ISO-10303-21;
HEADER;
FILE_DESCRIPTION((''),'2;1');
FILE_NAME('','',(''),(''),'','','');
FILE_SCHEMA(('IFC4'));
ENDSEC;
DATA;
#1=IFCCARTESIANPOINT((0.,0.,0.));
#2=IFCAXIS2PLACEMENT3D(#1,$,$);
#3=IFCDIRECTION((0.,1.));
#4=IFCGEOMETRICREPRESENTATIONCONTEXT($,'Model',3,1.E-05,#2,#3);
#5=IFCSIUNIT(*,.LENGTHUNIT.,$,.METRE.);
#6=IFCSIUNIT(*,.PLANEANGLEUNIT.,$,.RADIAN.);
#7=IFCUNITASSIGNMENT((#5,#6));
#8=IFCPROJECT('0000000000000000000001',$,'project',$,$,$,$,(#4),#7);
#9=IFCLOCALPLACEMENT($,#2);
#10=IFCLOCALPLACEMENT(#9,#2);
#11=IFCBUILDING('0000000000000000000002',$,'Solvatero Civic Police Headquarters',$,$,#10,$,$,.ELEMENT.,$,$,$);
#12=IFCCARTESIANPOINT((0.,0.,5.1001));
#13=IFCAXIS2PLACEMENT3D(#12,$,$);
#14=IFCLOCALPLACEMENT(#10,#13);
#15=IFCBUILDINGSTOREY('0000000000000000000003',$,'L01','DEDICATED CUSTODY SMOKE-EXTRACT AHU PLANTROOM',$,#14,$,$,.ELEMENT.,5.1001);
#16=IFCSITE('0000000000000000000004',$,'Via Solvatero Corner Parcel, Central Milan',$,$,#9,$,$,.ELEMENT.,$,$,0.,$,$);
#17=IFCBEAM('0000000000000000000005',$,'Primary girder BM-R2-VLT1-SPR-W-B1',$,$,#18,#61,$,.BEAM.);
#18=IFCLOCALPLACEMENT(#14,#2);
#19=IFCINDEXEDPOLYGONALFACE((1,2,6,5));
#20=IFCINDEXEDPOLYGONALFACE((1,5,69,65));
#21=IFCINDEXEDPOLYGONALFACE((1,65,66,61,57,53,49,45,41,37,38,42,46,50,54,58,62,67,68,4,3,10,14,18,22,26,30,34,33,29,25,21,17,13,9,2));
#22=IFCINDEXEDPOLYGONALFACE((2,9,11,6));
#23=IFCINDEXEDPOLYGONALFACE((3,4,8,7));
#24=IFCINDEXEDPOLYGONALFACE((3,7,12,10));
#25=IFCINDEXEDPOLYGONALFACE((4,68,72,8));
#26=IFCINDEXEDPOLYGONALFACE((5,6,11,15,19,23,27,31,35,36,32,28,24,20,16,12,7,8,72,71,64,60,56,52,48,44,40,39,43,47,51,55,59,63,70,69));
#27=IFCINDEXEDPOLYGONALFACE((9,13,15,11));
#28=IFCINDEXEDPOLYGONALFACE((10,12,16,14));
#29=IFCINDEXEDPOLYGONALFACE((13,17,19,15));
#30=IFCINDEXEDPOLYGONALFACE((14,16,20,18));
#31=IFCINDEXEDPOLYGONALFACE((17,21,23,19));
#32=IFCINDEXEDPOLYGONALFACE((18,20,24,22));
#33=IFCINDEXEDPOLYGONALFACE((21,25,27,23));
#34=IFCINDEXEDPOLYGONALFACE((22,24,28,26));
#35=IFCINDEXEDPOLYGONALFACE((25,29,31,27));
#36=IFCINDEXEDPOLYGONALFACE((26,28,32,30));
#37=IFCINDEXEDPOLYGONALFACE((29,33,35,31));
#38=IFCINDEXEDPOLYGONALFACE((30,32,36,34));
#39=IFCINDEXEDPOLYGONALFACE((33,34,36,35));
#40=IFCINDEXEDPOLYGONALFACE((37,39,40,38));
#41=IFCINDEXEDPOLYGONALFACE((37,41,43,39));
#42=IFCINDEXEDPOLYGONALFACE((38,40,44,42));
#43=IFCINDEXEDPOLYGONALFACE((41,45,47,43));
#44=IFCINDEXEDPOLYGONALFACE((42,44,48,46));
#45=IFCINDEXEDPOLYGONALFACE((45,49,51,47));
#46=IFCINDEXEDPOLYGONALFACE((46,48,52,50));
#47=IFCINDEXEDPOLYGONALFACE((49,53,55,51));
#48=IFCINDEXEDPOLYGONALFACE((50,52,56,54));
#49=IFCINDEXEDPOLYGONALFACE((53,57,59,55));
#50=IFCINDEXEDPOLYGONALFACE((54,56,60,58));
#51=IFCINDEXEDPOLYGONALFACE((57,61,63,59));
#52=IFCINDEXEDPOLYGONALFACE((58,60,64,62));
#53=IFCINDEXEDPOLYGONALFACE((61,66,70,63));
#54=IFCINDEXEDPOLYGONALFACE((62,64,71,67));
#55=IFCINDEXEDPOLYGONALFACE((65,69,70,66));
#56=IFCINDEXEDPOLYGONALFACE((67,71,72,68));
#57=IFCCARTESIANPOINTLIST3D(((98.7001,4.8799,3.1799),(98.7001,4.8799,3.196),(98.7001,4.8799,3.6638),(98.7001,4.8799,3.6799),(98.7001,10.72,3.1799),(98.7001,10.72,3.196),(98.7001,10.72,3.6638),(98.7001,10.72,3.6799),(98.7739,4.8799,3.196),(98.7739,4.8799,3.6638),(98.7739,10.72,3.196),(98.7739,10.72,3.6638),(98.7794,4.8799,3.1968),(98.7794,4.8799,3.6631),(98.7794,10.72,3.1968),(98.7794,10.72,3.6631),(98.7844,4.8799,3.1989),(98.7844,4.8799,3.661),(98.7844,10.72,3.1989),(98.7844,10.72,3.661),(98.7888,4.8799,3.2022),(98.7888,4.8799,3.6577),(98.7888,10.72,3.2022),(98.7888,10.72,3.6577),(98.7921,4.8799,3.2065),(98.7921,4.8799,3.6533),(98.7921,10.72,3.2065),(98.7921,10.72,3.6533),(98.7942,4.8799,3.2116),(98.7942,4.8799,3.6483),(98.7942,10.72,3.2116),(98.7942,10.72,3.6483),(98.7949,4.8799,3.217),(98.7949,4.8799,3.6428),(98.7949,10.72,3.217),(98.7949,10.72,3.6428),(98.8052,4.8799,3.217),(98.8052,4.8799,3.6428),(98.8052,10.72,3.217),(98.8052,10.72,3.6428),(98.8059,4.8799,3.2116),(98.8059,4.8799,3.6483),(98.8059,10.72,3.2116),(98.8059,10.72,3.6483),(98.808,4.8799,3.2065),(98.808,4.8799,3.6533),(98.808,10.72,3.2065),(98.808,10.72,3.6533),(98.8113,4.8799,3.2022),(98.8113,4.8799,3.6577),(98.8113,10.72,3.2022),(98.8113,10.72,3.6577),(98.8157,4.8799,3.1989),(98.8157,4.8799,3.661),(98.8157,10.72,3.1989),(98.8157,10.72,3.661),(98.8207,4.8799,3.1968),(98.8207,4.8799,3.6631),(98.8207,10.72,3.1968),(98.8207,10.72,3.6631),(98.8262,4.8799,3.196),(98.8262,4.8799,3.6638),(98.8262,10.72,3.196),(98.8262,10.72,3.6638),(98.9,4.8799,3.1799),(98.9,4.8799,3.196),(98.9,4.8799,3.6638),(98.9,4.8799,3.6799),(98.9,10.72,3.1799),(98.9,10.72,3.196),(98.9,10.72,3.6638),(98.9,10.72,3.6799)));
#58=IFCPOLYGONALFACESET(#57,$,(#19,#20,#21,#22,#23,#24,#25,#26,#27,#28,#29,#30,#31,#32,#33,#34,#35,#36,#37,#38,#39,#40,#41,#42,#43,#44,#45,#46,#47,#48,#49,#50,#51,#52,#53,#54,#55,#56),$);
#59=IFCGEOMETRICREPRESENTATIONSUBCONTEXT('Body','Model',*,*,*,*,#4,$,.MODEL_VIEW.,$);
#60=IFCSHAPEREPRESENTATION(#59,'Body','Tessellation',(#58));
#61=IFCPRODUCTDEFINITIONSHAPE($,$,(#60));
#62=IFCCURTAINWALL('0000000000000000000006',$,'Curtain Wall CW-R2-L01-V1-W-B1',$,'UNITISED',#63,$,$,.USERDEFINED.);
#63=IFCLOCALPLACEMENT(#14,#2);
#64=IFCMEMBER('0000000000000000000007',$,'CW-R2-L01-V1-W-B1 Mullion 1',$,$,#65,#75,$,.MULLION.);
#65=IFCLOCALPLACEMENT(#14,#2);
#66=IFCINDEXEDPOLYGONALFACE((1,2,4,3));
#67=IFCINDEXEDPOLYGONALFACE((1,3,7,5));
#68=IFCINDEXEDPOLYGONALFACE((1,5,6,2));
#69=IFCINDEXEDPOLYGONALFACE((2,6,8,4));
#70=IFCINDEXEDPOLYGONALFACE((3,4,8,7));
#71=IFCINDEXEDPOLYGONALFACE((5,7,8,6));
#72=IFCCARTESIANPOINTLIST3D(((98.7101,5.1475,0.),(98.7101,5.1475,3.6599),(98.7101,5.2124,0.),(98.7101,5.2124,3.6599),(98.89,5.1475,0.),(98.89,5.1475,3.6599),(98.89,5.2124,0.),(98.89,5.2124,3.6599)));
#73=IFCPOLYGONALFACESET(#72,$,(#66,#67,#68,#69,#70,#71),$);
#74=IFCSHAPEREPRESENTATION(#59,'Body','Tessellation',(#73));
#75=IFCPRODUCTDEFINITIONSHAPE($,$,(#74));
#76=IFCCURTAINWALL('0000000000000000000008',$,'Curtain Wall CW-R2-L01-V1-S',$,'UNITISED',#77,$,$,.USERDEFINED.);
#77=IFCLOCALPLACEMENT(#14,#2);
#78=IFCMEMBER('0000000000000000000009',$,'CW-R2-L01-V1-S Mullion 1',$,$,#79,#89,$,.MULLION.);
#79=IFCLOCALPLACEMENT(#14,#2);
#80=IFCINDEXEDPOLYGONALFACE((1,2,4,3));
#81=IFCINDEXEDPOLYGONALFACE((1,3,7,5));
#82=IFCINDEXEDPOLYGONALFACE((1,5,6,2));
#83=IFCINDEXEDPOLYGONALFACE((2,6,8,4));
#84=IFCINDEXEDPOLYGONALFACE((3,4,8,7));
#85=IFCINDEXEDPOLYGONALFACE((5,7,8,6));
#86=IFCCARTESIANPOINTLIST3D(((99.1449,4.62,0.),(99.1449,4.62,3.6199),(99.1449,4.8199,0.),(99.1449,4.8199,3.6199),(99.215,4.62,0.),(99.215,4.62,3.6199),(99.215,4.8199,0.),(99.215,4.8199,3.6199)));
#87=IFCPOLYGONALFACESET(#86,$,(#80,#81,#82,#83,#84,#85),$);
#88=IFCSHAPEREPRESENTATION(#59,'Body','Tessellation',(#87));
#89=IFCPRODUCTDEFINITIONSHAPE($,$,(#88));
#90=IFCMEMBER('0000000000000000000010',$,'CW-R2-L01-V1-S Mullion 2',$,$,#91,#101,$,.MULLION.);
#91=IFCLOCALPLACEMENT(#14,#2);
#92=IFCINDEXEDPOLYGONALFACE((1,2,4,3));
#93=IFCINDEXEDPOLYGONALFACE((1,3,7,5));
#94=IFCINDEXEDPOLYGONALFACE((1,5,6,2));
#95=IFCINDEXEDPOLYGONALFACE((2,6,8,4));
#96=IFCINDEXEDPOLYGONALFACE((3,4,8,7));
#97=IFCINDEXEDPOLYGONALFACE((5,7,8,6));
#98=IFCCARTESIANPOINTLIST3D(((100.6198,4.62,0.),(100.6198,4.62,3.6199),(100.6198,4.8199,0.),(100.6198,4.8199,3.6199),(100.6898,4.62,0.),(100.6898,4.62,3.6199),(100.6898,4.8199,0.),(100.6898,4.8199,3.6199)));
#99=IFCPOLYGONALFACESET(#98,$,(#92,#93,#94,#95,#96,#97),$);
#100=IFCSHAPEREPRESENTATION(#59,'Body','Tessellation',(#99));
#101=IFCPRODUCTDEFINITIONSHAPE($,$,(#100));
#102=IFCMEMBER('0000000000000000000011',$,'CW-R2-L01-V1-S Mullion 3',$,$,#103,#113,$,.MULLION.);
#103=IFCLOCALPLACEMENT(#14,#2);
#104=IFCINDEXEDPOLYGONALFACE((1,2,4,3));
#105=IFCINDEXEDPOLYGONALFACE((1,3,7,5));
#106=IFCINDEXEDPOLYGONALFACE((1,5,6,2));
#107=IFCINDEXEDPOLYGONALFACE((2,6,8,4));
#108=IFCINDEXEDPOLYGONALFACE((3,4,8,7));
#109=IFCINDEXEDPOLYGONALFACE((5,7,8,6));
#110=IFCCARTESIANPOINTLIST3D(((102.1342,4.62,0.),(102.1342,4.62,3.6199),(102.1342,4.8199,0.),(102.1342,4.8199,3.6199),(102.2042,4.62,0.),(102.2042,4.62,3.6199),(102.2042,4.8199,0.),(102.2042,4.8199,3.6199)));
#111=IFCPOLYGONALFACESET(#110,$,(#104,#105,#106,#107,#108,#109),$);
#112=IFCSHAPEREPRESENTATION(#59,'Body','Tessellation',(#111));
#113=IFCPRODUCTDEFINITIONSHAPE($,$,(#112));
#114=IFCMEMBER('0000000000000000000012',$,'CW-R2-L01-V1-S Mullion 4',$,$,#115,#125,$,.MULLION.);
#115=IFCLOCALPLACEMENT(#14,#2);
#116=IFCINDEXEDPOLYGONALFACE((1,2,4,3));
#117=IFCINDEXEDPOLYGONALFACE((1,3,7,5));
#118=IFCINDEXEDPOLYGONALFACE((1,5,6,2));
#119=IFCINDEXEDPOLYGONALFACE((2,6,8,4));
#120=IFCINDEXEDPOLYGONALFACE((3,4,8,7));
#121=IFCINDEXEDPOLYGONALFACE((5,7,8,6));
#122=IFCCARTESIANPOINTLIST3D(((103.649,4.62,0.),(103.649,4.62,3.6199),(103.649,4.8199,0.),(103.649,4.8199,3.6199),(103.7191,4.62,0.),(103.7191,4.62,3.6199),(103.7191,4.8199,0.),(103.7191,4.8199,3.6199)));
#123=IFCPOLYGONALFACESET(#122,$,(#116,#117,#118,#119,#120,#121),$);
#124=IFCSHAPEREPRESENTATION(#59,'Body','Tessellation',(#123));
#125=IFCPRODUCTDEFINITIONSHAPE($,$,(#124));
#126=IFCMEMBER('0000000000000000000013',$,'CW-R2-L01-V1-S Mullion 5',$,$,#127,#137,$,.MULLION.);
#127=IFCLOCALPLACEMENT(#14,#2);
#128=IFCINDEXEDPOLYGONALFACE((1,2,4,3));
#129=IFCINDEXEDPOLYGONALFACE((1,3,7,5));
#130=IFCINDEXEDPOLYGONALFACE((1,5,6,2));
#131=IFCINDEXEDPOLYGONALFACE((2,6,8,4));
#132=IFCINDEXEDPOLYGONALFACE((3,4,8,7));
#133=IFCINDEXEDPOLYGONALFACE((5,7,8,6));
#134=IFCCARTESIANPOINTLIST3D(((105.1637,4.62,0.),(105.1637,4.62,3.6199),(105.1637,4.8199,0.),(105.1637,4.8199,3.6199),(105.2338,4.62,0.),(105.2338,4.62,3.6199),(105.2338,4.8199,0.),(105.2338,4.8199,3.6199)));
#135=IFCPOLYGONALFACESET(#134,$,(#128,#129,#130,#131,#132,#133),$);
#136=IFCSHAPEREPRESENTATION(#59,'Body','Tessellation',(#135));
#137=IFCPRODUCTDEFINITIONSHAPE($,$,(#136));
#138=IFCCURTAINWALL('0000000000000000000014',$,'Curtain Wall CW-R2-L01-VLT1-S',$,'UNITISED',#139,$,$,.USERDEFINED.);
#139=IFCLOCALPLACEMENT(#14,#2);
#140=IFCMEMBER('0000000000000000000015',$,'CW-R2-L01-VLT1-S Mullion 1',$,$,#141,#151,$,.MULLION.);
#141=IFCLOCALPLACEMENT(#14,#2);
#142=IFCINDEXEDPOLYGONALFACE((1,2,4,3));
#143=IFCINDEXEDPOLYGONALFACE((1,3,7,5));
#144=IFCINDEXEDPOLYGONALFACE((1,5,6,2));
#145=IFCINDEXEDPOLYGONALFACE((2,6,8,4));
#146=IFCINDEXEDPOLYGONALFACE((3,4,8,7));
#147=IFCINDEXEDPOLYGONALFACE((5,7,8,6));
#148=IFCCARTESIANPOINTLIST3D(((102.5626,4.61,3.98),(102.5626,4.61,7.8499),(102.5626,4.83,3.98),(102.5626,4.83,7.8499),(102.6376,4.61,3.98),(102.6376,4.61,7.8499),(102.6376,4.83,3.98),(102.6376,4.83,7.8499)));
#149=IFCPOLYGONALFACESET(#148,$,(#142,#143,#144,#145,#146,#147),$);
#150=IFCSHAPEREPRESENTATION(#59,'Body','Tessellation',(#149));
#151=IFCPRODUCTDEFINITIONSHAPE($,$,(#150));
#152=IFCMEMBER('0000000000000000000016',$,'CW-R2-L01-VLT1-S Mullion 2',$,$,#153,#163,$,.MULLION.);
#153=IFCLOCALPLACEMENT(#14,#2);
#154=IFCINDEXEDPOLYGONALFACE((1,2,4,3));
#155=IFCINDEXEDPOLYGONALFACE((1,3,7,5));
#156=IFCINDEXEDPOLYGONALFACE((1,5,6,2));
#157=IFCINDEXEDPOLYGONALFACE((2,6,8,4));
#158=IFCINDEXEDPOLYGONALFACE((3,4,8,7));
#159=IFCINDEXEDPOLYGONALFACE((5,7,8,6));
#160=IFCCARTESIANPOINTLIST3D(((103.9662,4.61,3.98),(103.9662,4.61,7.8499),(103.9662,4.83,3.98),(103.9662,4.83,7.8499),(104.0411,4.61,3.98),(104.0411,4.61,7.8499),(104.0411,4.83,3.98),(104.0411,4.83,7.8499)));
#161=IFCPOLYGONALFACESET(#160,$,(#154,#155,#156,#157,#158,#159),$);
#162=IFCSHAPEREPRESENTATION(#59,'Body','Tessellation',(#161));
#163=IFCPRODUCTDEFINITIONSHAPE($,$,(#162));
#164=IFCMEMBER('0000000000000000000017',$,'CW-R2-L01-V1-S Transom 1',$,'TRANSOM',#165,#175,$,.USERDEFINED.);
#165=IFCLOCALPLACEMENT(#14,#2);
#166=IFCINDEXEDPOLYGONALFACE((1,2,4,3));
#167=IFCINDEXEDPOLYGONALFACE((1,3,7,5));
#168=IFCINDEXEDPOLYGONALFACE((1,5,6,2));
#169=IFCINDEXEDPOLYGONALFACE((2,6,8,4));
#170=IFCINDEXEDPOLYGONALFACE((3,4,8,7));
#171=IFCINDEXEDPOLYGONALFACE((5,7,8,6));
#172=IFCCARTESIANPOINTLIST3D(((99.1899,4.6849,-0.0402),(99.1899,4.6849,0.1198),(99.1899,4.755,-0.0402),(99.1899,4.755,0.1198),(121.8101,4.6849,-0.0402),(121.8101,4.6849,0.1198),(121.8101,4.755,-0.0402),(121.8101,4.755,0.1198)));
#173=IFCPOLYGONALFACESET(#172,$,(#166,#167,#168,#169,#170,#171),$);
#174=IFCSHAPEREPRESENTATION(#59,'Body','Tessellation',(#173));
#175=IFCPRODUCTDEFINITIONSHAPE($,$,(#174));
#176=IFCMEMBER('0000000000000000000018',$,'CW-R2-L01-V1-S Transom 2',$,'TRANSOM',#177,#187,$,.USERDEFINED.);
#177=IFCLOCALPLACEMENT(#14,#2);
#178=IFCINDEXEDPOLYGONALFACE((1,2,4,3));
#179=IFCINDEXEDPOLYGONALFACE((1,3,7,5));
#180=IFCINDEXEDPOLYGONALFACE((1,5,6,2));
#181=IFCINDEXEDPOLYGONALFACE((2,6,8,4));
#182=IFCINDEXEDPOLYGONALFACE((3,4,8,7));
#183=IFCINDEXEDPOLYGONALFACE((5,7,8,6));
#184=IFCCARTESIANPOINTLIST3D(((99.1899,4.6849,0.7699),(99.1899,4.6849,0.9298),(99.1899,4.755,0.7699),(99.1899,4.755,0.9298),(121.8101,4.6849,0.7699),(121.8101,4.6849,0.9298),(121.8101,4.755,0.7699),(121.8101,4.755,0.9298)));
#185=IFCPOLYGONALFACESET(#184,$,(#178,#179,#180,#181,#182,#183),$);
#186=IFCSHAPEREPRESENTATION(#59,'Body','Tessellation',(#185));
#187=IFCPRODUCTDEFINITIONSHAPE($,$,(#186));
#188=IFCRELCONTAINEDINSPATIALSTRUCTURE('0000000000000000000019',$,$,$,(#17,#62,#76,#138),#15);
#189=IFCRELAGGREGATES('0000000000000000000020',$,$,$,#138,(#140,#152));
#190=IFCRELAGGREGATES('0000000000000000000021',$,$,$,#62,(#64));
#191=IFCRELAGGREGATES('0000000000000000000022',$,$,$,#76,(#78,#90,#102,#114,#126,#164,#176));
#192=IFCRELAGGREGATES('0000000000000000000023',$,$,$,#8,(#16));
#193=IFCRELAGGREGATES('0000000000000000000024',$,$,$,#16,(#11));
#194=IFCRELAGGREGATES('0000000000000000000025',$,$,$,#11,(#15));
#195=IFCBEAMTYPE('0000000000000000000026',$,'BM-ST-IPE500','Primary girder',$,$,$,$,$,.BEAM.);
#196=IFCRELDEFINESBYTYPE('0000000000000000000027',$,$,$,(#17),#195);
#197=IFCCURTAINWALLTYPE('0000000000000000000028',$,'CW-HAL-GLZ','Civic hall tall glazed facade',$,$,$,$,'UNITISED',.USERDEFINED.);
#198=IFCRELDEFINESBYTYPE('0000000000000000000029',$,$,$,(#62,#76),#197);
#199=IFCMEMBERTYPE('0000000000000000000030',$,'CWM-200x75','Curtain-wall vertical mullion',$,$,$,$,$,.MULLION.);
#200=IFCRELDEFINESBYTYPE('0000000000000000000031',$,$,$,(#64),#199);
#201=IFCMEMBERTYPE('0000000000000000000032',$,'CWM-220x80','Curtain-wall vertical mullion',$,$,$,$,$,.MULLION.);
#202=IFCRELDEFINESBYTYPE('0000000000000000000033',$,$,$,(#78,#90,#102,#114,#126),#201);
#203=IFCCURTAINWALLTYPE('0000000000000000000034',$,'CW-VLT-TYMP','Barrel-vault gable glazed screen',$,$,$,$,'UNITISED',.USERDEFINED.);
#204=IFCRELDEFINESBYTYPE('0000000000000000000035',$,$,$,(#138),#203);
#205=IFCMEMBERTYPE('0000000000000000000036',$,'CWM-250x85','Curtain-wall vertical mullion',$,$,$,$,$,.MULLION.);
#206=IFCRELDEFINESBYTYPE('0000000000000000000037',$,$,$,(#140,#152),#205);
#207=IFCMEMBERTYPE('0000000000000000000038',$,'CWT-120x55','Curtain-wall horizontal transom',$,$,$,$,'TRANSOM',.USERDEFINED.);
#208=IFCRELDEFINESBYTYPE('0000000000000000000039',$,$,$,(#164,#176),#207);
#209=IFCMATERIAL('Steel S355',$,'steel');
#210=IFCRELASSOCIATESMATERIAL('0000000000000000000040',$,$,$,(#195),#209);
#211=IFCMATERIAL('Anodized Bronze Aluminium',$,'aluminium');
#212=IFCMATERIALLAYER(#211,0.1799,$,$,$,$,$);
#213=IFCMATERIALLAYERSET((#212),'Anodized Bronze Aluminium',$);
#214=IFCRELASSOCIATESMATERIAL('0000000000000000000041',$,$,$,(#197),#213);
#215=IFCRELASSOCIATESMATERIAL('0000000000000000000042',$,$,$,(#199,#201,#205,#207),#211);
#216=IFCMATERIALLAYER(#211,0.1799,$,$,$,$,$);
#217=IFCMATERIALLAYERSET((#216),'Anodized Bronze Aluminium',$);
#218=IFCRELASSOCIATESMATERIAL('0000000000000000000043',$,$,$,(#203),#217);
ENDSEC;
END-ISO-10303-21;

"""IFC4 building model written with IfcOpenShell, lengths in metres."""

from ifc_helpers import new_model, si_unit, direction, frame, origin, origin_2d, place, context, subcontext, project, spatial, rectangle, i_section, extrude, material, layer, layer_set, material_profile, profile_set, type_object, element, aggregate, save


model = new_model("IFC4")

# Units and contexts
model_context = context("Model", 3, precision=1e-05, world=origin(), true_north=direction((0.0, 1.0)))
body_context = subcontext(model_context, "Body", "Model", "MODEL_VIEW")
ifc_project = project(units=[si_unit("LENGTHUNIT", "METRE"), si_unit("PLANEANGLEUNIT", "RADIAN")], contexts=[model_context])

# Site, building, storey
site_placement = place(None, origin())
site = spatial("IfcSite", under=ifc_project, at=site_placement, Name="Via Solvatero Corner Parcel, Central Milan", CompositionType="ELEMENT", RefElevation=0.0)
building_placement = place(site_placement, origin())
building = spatial("IfcBuilding", under=site, at=building_placement, Name="Solvatero Civic Police Headquarters", CompositionType="ELEMENT")
storey_placement = place(building_placement, frame((0.0, 0.0, 5.1001)))
storey = spatial("IfcBuildingStorey", under=building, at=storey_placement, Name="L01", Description="DEDICATED CUSTODY SMOKE-EXTRACT AHU PLANTROOM", CompositionType="ELEMENT", Elevation=5.1001)

# Shared definitions
ifc_material_1 = material(Name="Steel S355", Category="steel")

# Beam
ifc_material_profile_1 = material_profile(ifc_material_1, i_section(OverallWidth=0.2, OverallDepth=0.5, WebThickness=0.0103, FlangeThickness=0.0161, FilletRadius=0.021, at=origin_2d()), Name="IPE 500")
ifc_profile_set_1 = profile_set([ifc_material_profile_1], Name="Steel S355")
beam_type_1 = type_object("IfcBeamType", Name="BM-ST-IPE500", Description="Primary girder", PredefinedType="BEAM", material=ifc_profile_set_1)
beam_1_placement = place(storey_placement, frame((98.8, 4.8799, 3.4299), z_axis=(0.0, 1.0, 0.0), x_axis=(-1.0, 0.0, 0.0)))
element("IfcBeam", 1, at=beam_1_placement, inside=storey, type_object=beam_type_1, Name="Primary girder BM-R2-VLT1-SPR-W-B1", PredefinedType="BEAM", context=body_context, shape_type="SweptSolid", body=[
    extrude(i_section(OverallWidth=0.2, OverallDepth=0.5, WebThickness=0.0103, FlangeThickness=0.0161, FilletRadius=0.021, at=origin_2d()), origin(), (0.0, 0.0, 1.0), 5.8401),
])

# Curtain wall, member
ifc_material_2 = material(Name="Anodized Bronze Aluminium", Category="aluminium")
ifc_layer_1 = layer(ifc_material_2, 0.1799)
ifc_layer_set_1 = layer_set([ifc_layer_1], Name="Anodized Bronze Aluminium")
curtain_wall_type_1 = type_object("IfcCurtainWallType", Name="CW-HAL-GLZ", Description="Civic hall tall glazed facade", ElementType="UNITISED", PredefinedType="USERDEFINED", material=ifc_layer_set_1)
curtain_wall_1_placement = place(storey_placement, origin())
curtain_wall_1 = element("IfcCurtainWall", 2, at=curtain_wall_1_placement, inside=storey, type_object=curtain_wall_type_1, Name="Curtain Wall CW-R2-L01-V1-W-B1", ObjectType="UNITISED", PredefinedType="USERDEFINED")
ifc_material_profile_2 = material_profile(ifc_material_2, rectangle(XDim=0.0649, YDim=0.1799, at=origin_2d()), Name="ALU MULLION 65x180")
ifc_profile_set_2 = profile_set([ifc_material_profile_2], Name="Anodized Bronze Aluminium")
member_type_1 = type_object("IfcMemberType", Name="CWM-200x75", Description="Curtain-wall vertical mullion", PredefinedType="MULLION", material=ifc_profile_set_2)
member_1_placement = place(storey_placement, frame((98.8, 5.1799, 0.0), z_axis=(0.0, 0.0, 1.0), x_axis=(0.0, 1.0, 0.0)))
member_1 = element("IfcMember", 3, at=member_1_placement, type_object=member_type_1, Name="CW-R2-L01-V1-W-B1 Mullion 1", PredefinedType="MULLION", context=body_context, shape_type="SweptSolid", body=[
    extrude(rectangle(XDim=0.0649, YDim=0.1799, at=origin_2d()), origin(), (0.0, 0.0, 1.0), 3.6599),
])

# Curtain walls, members
curtain_wall_2_placement = place(storey_placement, origin())
curtain_wall_2 = element("IfcCurtainWall", 4, at=curtain_wall_2_placement, inside=storey, type_object=curtain_wall_type_1, Name="Curtain Wall CW-R2-L01-V1-S", ObjectType="UNITISED", PredefinedType="USERDEFINED")
ifc_material_profile_3 = material_profile(ifc_material_2, rectangle(XDim=0.0701, YDim=0.2, at=origin_2d()), Name="ALU MULLION 70x200")
ifc_profile_set_3 = profile_set([ifc_material_profile_3], Name="Anodized Bronze Aluminium")
member_type_2 = type_object("IfcMemberType", Name="CWM-220x80", Description="Curtain-wall vertical mullion", PredefinedType="MULLION", material=ifc_profile_set_3)
member_2_placement = place(storey_placement, frame((99.1799, 4.72, 0.0), z_axis=(0.0, 0.0, 1.0), x_axis=(1.0, 0.0, 0.0)))
member_2 = element("IfcMember", 5, at=member_2_placement, type_object=member_type_2, Name="CW-R2-L01-V1-S Mullion 1", PredefinedType="MULLION", context=body_context, shape_type="SweptSolid", body=[
    extrude(rectangle(XDim=0.0701, YDim=0.2, at=origin_2d()), origin(), (0.0, 0.0, 1.0), 3.6199),
])
member_3_placement = place(storey_placement, frame((100.6548, 4.72, 0.0), z_axis=(0.0, 0.0, 1.0), x_axis=(1.0, 0.0, 0.0)))
member_3 = element("IfcMember", 6, at=member_3_placement, type_object=member_type_2, Name="CW-R2-L01-V1-S Mullion 2", PredefinedType="MULLION", context=body_context, shape_type="SweptSolid", body=[
    extrude(rectangle(XDim=0.0701, YDim=0.2, at=origin_2d()), origin(), (0.0, 0.0, 1.0), 3.6199),
])
member_4_placement = place(storey_placement, frame((102.1692, 4.72, 0.0), z_axis=(0.0, 0.0, 1.0), x_axis=(1.0, 0.0, 0.0)))
member_4 = element("IfcMember", 7, at=member_4_placement, type_object=member_type_2, Name="CW-R2-L01-V1-S Mullion 3", PredefinedType="MULLION", context=body_context, shape_type="SweptSolid", body=[
    extrude(rectangle(XDim=0.0701, YDim=0.2, at=origin_2d()), origin(), (0.0, 0.0, 1.0), 3.6199),
])
member_5_placement = place(storey_placement, frame((103.6841, 4.72, 0.0), z_axis=(0.0, 0.0, 1.0), x_axis=(1.0, 0.0, 0.0)))
member_5 = element("IfcMember", 8, at=member_5_placement, type_object=member_type_2, Name="CW-R2-L01-V1-S Mullion 4", PredefinedType="MULLION", context=body_context, shape_type="SweptSolid", body=[
    extrude(rectangle(XDim=0.0701, YDim=0.2, at=origin_2d()), origin(), (0.0, 0.0, 1.0), 3.6199),
])
member_6_placement = place(storey_placement, frame((105.1987, 4.72, 0.0), z_axis=(0.0, 0.0, 1.0), x_axis=(1.0, 0.0, 0.0)))
member_6 = element("IfcMember", 9, at=member_6_placement, type_object=member_type_2, Name="CW-R2-L01-V1-S Mullion 5", PredefinedType="MULLION", context=body_context, shape_type="SweptSolid", body=[
    extrude(rectangle(XDim=0.0701, YDim=0.2, at=origin_2d()), origin(), (0.0, 0.0, 1.0), 3.6199),
])
ifc_layer_2 = layer(ifc_material_2, 0.1799)
ifc_layer_set_2 = layer_set([ifc_layer_2], Name="Anodized Bronze Aluminium")
curtain_wall_type_2 = type_object("IfcCurtainWallType", Name="CW-VLT-TYMP", Description="Barrel-vault gable glazed screen", ElementType="UNITISED", PredefinedType="USERDEFINED", material=ifc_layer_set_2)
curtain_wall_3_placement = place(storey_placement, origin())
curtain_wall_3 = element("IfcCurtainWall", 10, at=curtain_wall_3_placement, inside=storey, type_object=curtain_wall_type_2, Name="Curtain Wall CW-R2-L01-VLT1-S", ObjectType="UNITISED", PredefinedType="USERDEFINED")
ifc_material_profile_4 = material_profile(ifc_material_2, rectangle(XDim=0.075, YDim=0.22, at=origin_2d()), Name="ALU MULLION 75x220")
ifc_profile_set_4 = profile_set([ifc_material_profile_4], Name="Anodized Bronze Aluminium")
member_type_3 = type_object("IfcMemberType", Name="CWM-250x85", Description="Curtain-wall vertical mullion", PredefinedType="MULLION", material=ifc_profile_set_4)
member_7_placement = place(storey_placement, frame((102.6001, 4.72, 3.98), z_axis=(0.0, 0.0, 1.0), x_axis=(1.0, 0.0, 0.0)))
member_7 = element("IfcMember", 11, at=member_7_placement, type_object=member_type_3, Name="CW-R2-L01-VLT1-S Mullion 1", PredefinedType="MULLION", context=body_context, shape_type="SweptSolid", body=[
    extrude(rectangle(XDim=0.075, YDim=0.22, at=origin_2d()), origin(), (0.0, 0.0, 1.0), 3.8699),
])
member_8_placement = place(storey_placement, frame((104.0037, 4.72, 3.98), z_axis=(0.0, 0.0, 1.0), x_axis=(1.0, 0.0, 0.0)))
member_8 = element("IfcMember", 12, at=member_8_placement, type_object=member_type_3, Name="CW-R2-L01-VLT1-S Mullion 2", PredefinedType="MULLION", context=body_context, shape_type="SweptSolid", body=[
    extrude(rectangle(XDim=0.075, YDim=0.22, at=origin_2d()), origin(), (0.0, 0.0, 1.0), 3.8699),
])
aggregate(curtain_wall_3, [member_7, member_8])

# Members
ifc_material_profile_5 = material_profile(ifc_material_2, rectangle(XDim=0.0701, YDim=0.1599, at=origin_2d()), Name="ALU TRANSOM 70x160")
ifc_profile_set_5 = profile_set([ifc_material_profile_5], Name="Anodized Bronze Aluminium")
member_type_4 = type_object("IfcMemberType", Name="CWT-120x55", Description="Curtain-wall horizontal transom", ElementType="TRANSOM", PredefinedType="USERDEFINED", material=ifc_profile_set_5)
member_9_placement = place(storey_placement, frame((99.1899, 4.72, 0.0398), z_axis=(1.0, 0.0, 0.0), x_axis=(0.0, 1.0, 0.0)))
member_9 = element("IfcMember", 13, at=member_9_placement, type_object=member_type_4, Name="CW-R2-L01-V1-S Transom 1", ObjectType="TRANSOM", PredefinedType="USERDEFINED", context=body_context, shape_type="SweptSolid", body=[
    extrude(rectangle(XDim=0.0701, YDim=0.1599, at=origin_2d()), origin(), (0.0, 0.0, 1.0), 22.6201),
])
member_10_placement = place(storey_placement, frame((99.1899, 4.72, 0.8499), z_axis=(1.0, 0.0, 0.0), x_axis=(0.0, 1.0, 0.0)))
member_10 = element("IfcMember", 14, at=member_10_placement, type_object=member_type_4, Name="CW-R2-L01-V1-S Transom 2", ObjectType="TRANSOM", PredefinedType="USERDEFINED", context=body_context, shape_type="SweptSolid", body=[
    extrude(rectangle(XDim=0.0701, YDim=0.1599, at=origin_2d()), origin(), (0.0, 0.0, 1.0), 22.6201),
])
aggregate(curtain_wall_1, [member_1])

aggregate(curtain_wall_2, [member_2, member_3, member_4, member_5, member_6, member_9, member_10])

save(model, "model.ifc")
